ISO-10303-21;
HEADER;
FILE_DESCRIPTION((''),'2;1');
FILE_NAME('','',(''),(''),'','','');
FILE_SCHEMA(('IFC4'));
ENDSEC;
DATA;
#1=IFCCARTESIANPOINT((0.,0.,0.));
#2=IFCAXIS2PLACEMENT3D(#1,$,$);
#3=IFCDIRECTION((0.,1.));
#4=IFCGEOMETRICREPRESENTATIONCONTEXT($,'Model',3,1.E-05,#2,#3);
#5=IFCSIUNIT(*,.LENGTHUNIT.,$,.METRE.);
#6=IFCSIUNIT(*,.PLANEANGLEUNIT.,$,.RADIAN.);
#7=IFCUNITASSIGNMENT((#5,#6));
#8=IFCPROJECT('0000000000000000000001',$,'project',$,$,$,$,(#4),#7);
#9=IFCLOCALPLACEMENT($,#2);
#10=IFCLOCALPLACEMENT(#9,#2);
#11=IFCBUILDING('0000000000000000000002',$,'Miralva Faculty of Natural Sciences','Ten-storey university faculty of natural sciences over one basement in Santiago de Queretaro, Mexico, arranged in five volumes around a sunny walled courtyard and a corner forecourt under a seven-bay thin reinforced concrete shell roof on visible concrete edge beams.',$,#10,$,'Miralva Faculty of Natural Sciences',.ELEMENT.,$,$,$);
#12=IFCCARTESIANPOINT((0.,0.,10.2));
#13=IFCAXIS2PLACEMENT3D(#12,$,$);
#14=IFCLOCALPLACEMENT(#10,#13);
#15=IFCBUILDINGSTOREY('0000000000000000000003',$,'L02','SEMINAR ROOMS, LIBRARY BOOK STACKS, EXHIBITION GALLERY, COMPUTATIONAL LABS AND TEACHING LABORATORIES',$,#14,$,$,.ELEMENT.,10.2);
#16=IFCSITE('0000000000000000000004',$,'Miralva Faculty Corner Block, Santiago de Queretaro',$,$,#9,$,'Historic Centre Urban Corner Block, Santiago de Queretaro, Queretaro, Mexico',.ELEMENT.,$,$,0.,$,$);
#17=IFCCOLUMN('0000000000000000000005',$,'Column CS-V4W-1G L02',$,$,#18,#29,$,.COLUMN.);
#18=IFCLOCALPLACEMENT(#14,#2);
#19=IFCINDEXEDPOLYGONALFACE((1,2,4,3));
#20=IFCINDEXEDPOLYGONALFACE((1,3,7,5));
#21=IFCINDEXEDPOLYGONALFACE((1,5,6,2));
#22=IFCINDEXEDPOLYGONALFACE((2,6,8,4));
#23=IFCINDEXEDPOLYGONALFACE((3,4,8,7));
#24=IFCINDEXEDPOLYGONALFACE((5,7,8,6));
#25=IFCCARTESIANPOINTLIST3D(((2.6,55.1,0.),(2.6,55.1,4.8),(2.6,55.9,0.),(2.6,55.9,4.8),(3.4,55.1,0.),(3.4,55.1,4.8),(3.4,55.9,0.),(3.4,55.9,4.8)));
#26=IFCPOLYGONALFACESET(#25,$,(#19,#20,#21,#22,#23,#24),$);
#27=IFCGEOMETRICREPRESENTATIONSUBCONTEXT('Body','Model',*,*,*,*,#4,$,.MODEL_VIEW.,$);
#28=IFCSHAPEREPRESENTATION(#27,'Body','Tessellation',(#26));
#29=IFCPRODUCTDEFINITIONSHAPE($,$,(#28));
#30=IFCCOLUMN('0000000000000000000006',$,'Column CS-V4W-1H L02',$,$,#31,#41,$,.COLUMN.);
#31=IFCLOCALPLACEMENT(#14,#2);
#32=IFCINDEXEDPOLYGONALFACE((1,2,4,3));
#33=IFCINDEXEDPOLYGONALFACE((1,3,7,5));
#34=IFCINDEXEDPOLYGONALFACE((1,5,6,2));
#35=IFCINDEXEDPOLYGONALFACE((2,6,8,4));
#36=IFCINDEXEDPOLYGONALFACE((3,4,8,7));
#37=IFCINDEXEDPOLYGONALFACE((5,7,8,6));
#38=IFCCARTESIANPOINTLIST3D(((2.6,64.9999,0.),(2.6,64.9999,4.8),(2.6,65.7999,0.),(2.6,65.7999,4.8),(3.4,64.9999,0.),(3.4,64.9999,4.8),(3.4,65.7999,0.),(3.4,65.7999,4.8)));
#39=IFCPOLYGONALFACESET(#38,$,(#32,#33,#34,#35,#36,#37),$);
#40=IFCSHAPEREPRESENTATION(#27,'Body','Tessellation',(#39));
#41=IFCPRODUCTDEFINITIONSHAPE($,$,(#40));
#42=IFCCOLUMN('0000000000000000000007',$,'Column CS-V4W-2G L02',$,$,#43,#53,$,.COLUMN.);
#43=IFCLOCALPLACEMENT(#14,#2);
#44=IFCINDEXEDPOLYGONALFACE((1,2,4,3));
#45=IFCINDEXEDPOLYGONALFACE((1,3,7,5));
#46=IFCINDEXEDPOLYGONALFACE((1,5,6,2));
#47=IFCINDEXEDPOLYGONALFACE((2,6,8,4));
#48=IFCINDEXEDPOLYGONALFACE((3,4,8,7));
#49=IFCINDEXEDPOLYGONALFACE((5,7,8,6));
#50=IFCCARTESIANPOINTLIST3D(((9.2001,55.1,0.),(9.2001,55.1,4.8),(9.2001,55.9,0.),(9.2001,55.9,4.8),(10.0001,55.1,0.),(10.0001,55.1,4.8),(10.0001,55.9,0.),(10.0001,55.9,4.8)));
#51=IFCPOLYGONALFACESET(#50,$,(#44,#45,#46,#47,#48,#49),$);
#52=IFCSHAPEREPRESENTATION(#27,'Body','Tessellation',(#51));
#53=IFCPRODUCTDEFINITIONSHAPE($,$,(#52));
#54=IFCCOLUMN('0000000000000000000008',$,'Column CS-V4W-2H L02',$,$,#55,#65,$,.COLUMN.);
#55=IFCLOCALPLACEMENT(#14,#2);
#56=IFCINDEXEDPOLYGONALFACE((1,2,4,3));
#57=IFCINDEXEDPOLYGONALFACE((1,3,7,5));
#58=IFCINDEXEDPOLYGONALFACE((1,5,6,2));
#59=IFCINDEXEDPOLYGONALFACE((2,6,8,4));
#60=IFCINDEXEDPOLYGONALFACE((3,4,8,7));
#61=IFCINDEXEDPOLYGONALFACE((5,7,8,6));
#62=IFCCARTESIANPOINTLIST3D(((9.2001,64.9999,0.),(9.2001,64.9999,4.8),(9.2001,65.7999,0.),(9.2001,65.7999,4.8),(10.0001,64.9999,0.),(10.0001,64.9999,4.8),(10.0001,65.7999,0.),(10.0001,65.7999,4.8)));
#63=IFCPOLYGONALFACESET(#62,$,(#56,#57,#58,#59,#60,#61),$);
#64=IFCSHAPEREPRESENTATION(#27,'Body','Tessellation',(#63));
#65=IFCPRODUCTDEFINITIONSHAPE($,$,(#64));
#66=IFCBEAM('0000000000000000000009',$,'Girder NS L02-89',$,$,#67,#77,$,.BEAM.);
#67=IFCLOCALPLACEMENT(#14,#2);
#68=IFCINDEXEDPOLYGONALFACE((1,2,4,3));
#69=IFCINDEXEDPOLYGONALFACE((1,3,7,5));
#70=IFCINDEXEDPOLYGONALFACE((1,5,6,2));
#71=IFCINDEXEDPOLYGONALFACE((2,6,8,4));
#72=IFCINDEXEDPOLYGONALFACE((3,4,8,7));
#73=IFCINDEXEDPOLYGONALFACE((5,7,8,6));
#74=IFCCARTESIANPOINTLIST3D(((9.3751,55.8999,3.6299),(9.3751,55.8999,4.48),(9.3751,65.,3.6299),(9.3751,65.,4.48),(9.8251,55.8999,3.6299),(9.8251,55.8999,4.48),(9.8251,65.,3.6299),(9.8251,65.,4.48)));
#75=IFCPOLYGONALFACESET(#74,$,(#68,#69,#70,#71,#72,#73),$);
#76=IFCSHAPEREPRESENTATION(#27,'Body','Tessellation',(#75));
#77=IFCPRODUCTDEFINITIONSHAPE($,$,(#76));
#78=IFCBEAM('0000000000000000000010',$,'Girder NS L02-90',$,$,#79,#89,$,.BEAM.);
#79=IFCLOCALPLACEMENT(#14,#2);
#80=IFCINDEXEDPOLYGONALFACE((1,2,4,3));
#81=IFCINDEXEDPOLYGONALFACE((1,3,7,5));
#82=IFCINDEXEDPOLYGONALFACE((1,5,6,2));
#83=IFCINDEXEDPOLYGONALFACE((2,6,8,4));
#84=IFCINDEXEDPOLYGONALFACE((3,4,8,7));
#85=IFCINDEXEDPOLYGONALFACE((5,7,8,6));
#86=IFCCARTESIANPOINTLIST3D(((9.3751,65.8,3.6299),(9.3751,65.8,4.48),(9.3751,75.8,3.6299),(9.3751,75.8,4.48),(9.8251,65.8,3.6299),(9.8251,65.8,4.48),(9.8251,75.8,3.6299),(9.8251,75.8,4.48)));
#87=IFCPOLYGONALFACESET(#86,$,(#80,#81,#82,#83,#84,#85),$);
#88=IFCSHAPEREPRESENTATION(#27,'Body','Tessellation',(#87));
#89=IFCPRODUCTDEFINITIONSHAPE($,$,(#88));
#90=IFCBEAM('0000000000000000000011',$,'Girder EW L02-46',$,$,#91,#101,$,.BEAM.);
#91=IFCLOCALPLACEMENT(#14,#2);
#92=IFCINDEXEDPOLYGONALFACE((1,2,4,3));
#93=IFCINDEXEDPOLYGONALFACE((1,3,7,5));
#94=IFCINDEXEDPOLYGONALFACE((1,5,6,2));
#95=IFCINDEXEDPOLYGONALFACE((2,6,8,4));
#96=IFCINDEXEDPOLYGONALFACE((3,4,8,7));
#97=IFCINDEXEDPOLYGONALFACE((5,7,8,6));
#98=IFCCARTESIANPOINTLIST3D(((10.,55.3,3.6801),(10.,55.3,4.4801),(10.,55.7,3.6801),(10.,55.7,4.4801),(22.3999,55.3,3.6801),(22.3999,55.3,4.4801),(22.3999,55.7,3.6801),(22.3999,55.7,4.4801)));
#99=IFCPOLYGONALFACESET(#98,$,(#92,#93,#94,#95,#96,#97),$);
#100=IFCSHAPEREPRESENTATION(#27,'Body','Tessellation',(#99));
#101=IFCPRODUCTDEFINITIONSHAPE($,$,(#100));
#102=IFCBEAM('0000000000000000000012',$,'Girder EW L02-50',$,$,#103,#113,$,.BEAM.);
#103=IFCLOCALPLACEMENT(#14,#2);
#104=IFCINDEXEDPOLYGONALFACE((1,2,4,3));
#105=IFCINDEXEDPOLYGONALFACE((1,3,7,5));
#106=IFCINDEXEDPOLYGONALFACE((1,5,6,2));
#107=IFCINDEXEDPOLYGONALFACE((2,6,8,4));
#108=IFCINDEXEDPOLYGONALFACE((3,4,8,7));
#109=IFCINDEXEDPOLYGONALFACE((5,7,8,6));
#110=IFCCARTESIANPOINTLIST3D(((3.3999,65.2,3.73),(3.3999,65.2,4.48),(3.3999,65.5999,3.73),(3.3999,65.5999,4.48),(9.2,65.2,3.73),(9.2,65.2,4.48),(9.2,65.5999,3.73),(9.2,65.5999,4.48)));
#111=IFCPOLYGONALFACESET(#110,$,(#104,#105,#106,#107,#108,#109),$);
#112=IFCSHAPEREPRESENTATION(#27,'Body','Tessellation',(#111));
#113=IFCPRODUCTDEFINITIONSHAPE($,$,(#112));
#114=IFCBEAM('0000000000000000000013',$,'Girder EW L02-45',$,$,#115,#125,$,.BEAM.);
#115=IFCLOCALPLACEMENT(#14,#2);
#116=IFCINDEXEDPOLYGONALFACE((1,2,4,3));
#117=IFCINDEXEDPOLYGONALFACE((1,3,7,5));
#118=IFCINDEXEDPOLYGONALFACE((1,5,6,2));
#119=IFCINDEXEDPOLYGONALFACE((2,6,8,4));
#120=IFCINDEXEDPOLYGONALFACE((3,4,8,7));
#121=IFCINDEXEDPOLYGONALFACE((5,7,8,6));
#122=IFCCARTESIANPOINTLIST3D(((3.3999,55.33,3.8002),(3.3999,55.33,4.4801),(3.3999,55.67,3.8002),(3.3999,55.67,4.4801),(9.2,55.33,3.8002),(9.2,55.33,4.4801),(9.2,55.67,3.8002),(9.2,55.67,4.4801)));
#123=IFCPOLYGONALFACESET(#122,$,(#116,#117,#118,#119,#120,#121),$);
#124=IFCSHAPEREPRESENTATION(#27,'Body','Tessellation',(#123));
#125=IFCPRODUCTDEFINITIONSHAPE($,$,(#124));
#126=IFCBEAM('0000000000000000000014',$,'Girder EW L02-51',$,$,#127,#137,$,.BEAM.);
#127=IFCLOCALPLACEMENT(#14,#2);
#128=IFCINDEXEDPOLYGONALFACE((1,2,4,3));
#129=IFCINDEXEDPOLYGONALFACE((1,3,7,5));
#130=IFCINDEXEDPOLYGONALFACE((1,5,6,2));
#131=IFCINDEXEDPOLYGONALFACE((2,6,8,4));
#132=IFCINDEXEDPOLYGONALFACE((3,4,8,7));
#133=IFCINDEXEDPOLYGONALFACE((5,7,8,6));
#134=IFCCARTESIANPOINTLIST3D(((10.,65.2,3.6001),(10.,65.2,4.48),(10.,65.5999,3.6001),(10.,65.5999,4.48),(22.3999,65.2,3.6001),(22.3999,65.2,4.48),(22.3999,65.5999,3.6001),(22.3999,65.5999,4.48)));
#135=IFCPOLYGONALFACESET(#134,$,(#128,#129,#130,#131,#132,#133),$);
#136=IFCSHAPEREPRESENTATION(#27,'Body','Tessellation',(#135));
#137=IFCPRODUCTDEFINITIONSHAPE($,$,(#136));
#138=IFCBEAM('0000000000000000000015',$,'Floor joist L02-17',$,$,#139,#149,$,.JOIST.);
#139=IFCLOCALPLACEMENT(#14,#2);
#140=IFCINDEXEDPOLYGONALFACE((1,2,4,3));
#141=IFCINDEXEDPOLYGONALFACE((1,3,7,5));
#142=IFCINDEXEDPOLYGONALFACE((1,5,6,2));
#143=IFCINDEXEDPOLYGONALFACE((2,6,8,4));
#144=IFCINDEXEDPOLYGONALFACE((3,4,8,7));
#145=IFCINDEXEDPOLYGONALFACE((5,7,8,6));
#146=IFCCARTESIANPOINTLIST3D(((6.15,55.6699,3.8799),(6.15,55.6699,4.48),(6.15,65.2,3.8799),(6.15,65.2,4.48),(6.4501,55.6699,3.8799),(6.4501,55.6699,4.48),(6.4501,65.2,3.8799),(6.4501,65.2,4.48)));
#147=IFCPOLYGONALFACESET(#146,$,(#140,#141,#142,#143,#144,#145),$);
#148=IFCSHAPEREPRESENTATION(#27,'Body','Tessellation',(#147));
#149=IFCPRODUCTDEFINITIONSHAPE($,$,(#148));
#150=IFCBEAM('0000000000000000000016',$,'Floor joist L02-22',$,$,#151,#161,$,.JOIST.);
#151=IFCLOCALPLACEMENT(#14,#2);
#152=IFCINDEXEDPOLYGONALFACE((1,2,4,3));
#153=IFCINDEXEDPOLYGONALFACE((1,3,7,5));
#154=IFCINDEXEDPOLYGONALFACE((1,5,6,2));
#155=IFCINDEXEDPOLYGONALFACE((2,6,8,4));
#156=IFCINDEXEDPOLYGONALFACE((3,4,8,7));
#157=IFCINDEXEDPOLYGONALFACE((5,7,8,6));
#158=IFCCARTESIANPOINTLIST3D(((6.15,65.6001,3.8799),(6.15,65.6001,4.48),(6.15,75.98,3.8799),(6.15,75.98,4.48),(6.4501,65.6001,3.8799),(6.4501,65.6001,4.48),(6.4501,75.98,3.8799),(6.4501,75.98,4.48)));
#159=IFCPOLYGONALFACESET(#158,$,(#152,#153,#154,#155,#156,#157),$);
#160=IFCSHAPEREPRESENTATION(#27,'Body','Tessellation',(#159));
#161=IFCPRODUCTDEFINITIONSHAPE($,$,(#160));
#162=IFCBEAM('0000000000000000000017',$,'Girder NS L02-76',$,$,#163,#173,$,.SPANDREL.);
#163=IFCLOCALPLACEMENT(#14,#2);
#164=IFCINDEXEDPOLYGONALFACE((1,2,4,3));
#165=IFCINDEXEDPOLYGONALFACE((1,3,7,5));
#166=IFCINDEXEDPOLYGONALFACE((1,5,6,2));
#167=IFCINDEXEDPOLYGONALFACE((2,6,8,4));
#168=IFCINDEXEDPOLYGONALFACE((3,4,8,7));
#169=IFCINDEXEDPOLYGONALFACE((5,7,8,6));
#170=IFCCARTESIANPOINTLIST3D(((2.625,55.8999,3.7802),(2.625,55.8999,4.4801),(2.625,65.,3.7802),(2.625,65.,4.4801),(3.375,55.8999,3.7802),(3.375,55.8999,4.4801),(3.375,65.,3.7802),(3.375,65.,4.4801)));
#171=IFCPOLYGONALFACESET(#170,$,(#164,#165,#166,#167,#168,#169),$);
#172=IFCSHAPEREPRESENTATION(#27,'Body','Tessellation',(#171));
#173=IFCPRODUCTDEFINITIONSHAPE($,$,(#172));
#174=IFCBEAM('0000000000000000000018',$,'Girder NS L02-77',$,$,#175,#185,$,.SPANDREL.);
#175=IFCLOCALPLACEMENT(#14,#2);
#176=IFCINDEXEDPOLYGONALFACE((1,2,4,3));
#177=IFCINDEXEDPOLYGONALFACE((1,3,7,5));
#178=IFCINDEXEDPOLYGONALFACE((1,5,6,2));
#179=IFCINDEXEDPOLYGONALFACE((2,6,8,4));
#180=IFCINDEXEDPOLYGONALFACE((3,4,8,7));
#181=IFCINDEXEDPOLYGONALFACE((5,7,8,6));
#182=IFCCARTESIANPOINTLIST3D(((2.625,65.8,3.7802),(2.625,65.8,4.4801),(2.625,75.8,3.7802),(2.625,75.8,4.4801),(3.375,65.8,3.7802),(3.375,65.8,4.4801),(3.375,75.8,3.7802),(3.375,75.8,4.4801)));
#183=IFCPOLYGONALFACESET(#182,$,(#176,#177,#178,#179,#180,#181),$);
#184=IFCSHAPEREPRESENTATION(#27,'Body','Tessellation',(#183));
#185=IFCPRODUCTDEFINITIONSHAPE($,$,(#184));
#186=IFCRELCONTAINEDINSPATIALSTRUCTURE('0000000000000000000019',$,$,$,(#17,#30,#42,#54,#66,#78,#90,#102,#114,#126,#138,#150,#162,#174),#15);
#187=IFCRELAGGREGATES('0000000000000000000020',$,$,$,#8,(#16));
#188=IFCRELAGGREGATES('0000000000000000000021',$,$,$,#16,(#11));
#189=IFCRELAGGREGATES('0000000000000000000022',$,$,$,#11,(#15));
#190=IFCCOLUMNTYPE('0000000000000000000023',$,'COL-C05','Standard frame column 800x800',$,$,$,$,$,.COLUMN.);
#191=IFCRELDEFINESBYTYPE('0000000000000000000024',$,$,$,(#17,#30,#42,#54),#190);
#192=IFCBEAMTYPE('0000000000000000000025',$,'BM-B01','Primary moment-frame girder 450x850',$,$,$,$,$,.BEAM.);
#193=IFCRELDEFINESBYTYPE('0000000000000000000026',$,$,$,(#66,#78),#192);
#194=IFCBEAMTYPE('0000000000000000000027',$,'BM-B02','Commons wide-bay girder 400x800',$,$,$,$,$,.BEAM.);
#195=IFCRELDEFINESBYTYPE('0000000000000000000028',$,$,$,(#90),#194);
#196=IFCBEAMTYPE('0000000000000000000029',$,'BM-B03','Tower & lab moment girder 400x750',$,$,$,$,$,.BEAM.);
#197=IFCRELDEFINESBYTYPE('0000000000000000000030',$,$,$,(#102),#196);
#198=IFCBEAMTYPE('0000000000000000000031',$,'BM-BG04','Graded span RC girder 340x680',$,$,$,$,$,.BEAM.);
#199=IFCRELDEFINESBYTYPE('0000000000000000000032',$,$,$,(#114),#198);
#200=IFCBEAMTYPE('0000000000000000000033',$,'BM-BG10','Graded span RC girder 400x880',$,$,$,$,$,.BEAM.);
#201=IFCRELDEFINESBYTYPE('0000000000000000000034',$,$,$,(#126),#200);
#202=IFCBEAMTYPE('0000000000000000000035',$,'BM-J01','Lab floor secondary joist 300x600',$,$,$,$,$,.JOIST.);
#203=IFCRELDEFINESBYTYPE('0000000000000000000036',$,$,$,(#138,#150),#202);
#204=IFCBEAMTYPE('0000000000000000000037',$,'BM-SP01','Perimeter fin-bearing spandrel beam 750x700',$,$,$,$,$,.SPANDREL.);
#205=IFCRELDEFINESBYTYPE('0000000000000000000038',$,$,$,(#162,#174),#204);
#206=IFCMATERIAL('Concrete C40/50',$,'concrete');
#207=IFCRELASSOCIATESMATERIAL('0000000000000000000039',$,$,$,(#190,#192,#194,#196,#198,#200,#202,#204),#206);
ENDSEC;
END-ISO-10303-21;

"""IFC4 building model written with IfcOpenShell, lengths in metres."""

from ifc_helpers import new_model, si_unit, direction, frame, origin, origin_2d, place, context, subcontext, project, spatial, rectangle, extrude, material, material_profile, profile_set, type_object, element, save


model = new_model("IFC4")

# Units and contexts
model_context = context("Model", 3, precision=1e-05, world=origin(), true_north=direction((0.0, 1.0)))
body_context = subcontext(model_context, "Body", "Model", "MODEL_VIEW")
ifc_project = project(units=[si_unit("LENGTHUNIT", "METRE"), si_unit("PLANEANGLEUNIT", "RADIAN")], contexts=[model_context])

# Site, building, storey
site_placement = place(None, origin())
site = spatial("IfcSite", under=ifc_project, at=site_placement, Name="Miralva Faculty Corner Block, Santiago de Queretaro", LongName="Historic Centre Urban Corner Block, Santiago de Queretaro, Queretaro, Mexico", CompositionType="ELEMENT", RefElevation=0.0)
building_placement = place(site_placement, origin())
building = spatial("IfcBuilding", under=site, at=building_placement, Name="Miralva Faculty of Natural Sciences", Description="Ten-storey university faculty of natural sciences over one basement in Santiago de Queretaro, Mexico, arranged in five volumes around a sunny walled courtyard and a corner forecourt under a seven-bay thin reinforced concrete shell roof on visible concrete edge beams.", LongName="Miralva Faculty of Natural Sciences", CompositionType="ELEMENT")
storey_placement = place(building_placement, frame((0.0, 0.0, 10.2)))
storey = spatial("IfcBuildingStorey", under=building, at=storey_placement, Name="L02", Description="SEMINAR ROOMS, LIBRARY BOOK STACKS, EXHIBITION GALLERY, COMPUTATIONAL LABS AND TEACHING LABORATORIES", CompositionType="ELEMENT", Elevation=10.2)

# Columns
ifc_material_1 = material(Name="Concrete C40/50", Category="concrete")
ifc_material_profile_1 = material_profile(ifc_material_1, rectangle(XDim=0.8, YDim=0.8, at=origin_2d()), Name="RC 800x800")
ifc_profile_set_1 = profile_set([ifc_material_profile_1], Name="Concrete C40/50")
column_type = type_object("IfcColumnType", Name="COL-C05", Description="Standard frame column 800x800", PredefinedType="COLUMN", material=ifc_profile_set_1)
for number, where, z_axis, x_axis, name in (
    (1, (3.0, 55.5, 0.0), (0.0, 0.0, 1.0), (1.0, 0.0, 0.0), "Column CS-V4W-1G L02"),
    (2, (3.0, 65.3999, 0.0), (0.0, 0.0, 1.0), (1.0, 0.0, 0.0), "Column CS-V4W-1H L02"),
    (3, (9.6001, 55.5, 0.0), (0.0, 0.0, 1.0), (1.0, 0.0, 0.0), "Column CS-V4W-2G L02"),
    (4, (9.6001, 65.3999, 0.0), (0.0, 0.0, 1.0), (1.0, 0.0, 0.0), "Column CS-V4W-2H L02"),
):
    element("IfcColumn", number, at=place(storey_placement, frame(where, z_axis=z_axis, x_axis=x_axis)), inside=storey, type_object=column_type, Name=name, PredefinedType="COLUMN", context=body_context, shape_type="SweptSolid", body=[
        extrude(rectangle(XDim=0.8, YDim=0.8, at=origin_2d()), origin(), (0.0, 0.0, 1.0), 4.8),
    ])

# Beams
ifc_material_profile_2 = material_profile(ifc_material_1, rectangle(XDim=0.45, YDim=0.8501, at=origin_2d()), Name="RC 450x850")
ifc_profile_set_2 = profile_set([ifc_material_profile_2], Name="Concrete C40/50")
beam_type_1 = type_object("IfcBeamType", Name="BM-B01", Description="Primary moment-frame girder 450x850", PredefinedType="BEAM", material=ifc_profile_set_2)
beam_1_placement = place(storey_placement, frame((9.6001, 55.8999, 4.0549), z_axis=(0.0, 1.0, 0.0), x_axis=(-1.0, 0.0, 0.0)))
element("IfcBeam", 5, at=beam_1_placement, inside=storey, type_object=beam_type_1, Name="Girder NS L02-89", PredefinedType="BEAM", context=body_context, shape_type="SweptSolid", body=[
    extrude(rectangle(XDim=0.45, YDim=0.8501, at=origin_2d()), origin(), (0.0, 0.0, 1.0), 9.1001),
])
beam_2_placement = place(storey_placement, frame((9.6001, 65.8, 4.0549), z_axis=(0.0, 1.0, 0.0), x_axis=(-1.0, 0.0, 0.0)))
element("IfcBeam", 6, at=beam_2_placement, inside=storey, type_object=beam_type_1, Name="Girder NS L02-90", PredefinedType="BEAM", context=body_context, shape_type="SweptSolid", body=[
    extrude(rectangle(XDim=0.45, YDim=0.8501, at=origin_2d()), origin(), (0.0, 0.0, 1.0), 10.0),
])
ifc_material_profile_3 = material_profile(ifc_material_1, rectangle(XDim=0.3999, YDim=0.8, at=origin_2d()), Name="RC 400x800")
ifc_profile_set_3 = profile_set([ifc_material_profile_3], Name="Concrete C40/50")
beam_type_2 = type_object("IfcBeamType", Name="BM-B02", Description="Commons wide-bay girder 400x800", PredefinedType="BEAM", material=ifc_profile_set_3)
beam_3_placement = place(storey_placement, frame((10.0, 55.5, 4.0801), z_axis=(1.0, 0.0, 0.0), x_axis=(0.0, 1.0, 0.0)))
element("IfcBeam", 7, at=beam_3_placement, inside=storey, type_object=beam_type_2, Name="Girder EW L02-46", PredefinedType="BEAM", context=body_context, shape_type="SweptSolid", body=[
    extrude(rectangle(XDim=0.3999, YDim=0.8, at=origin_2d()), origin(), (0.0, 0.0, 1.0), 12.3999),
])
ifc_material_profile_4 = material_profile(ifc_material_1, rectangle(XDim=0.3999, YDim=0.75, at=origin_2d()), Name="RC 400x750")
ifc_profile_set_4 = profile_set([ifc_material_profile_4], Name="Concrete C40/50")
beam_type_3 = type_object("IfcBeamType", Name="BM-B03", Description="Tower & lab moment girder 400x750", PredefinedType="BEAM", material=ifc_profile_set_4)
beam_4_placement = place(storey_placement, frame((3.3999, 65.3999, 4.105), z_axis=(1.0, 0.0, 0.0), x_axis=(0.0, 1.0, 0.0)))
element("IfcBeam", 8, at=beam_4_placement, inside=storey, type_object=beam_type_3, Name="Girder EW L02-50", PredefinedType="BEAM", context=body_context, shape_type="SweptSolid", body=[
    extrude(rectangle(XDim=0.3999, YDim=0.75, at=origin_2d()), origin(), (0.0, 0.0, 1.0), 5.8),
])
ifc_material_profile_5 = material_profile(ifc_material_1, rectangle(XDim=0.3401, YDim=0.6799, at=origin_2d()), Name="RC 340x680")
ifc_profile_set_5 = profile_set([ifc_material_profile_5], Name="Concrete C40/50")
beam_type_4 = type_object("IfcBeamType", Name="BM-BG04", Description="Graded span RC girder 340x680", PredefinedType="BEAM", material=ifc_profile_set_5)
beam_5_placement = place(storey_placement, frame((3.3999, 55.5, 4.1401), z_axis=(1.0, 0.0, 0.0), x_axis=(0.0, 1.0, 0.0)))
element("IfcBeam", 9, at=beam_5_placement, inside=storey, type_object=beam_type_4, Name="Girder EW L02-45", PredefinedType="BEAM", context=body_context, shape_type="SweptSolid", body=[
    extrude(rectangle(XDim=0.3401, YDim=0.6799, at=origin_2d()), origin(), (0.0, 0.0, 1.0), 5.8),
])
ifc_material_profile_6 = material_profile(ifc_material_1, rectangle(XDim=0.3999, YDim=0.8799, at=origin_2d()), Name="RC 400x880")
ifc_profile_set_6 = profile_set([ifc_material_profile_6], Name="Concrete C40/50")
beam_type_5 = type_object("IfcBeamType", Name="BM-BG10", Description="Graded span RC girder 400x880", PredefinedType="BEAM", material=ifc_profile_set_6)
beam_6_placement = place(storey_placement, frame((10.0, 65.3999, 4.04), z_axis=(1.0, 0.0, 0.0), x_axis=(0.0, 1.0, 0.0)))
element("IfcBeam", 10, at=beam_6_placement, inside=storey, type_object=beam_type_5, Name="Girder EW L02-51", PredefinedType="BEAM", context=body_context, shape_type="SweptSolid", body=[
    extrude(rectangle(XDim=0.3999, YDim=0.8799, at=origin_2d()), origin(), (0.0, 0.0, 1.0), 12.3999),
])
ifc_material_profile_7 = material_profile(ifc_material_1, rectangle(XDim=0.3, YDim=0.6001, at=origin_2d()), Name="RC 300x600")
ifc_profile_set_7 = profile_set([ifc_material_profile_7], Name="Concrete C40/50")
beam_type_6 = type_object("IfcBeamType", Name="BM-J01", Description="Lab floor secondary joist 300x600", PredefinedType="JOIST", material=ifc_profile_set_7)
beam_7_placement = place(storey_placement, frame((6.3, 55.6699, 4.1799), z_axis=(0.0, 1.0, 0.0), x_axis=(-1.0, 0.0, 0.0)))
element("IfcBeam", 11, at=beam_7_placement, inside=storey, type_object=beam_type_6, Name="Floor joist L02-17", PredefinedType="JOIST", context=body_context, shape_type="SweptSolid", body=[
    extrude(rectangle(XDim=0.3, YDim=0.6001, at=origin_2d()), origin(), (0.0, 0.0, 1.0), 9.53),
])
beam_8_placement = place(storey_placement, frame((6.3, 65.6001, 4.1799), z_axis=(0.0, 1.0, 0.0), x_axis=(-1.0, 0.0, 0.0)))
element("IfcBeam", 12, at=beam_8_placement, inside=storey, type_object=beam_type_6, Name="Floor joist L02-22", PredefinedType="JOIST", context=body_context, shape_type="SweptSolid", body=[
    extrude(rectangle(XDim=0.3, YDim=0.6001, at=origin_2d()), origin(), (0.0, 0.0, 1.0), 10.3799),
])
ifc_material_profile_8 = material_profile(ifc_material_1, rectangle(XDim=0.75, YDim=0.7, at=origin_2d()), Name="RC 750x700")
ifc_profile_set_8 = profile_set([ifc_material_profile_8], Name="Concrete C40/50")
beam_type_7 = type_object("IfcBeamType", Name="BM-SP01", Description="Perimeter fin-bearing spandrel beam 750x700", PredefinedType="SPANDREL", material=ifc_profile_set_8)
beam_9_placement = place(storey_placement, frame((3.0, 55.8999, 4.1301), z_axis=(0.0, 1.0, 0.0), x_axis=(-1.0, 0.0, 0.0)))
element("IfcBeam", 13, at=beam_9_placement, inside=storey, type_object=beam_type_7, Name="Girder NS L02-76", PredefinedType="SPANDREL", context=body_context, shape_type="SweptSolid", body=[
    extrude(rectangle(XDim=0.75, YDim=0.7, at=origin_2d()), origin(), (0.0, 0.0, 1.0), 9.1001),
])
beam_10_placement = place(storey_placement, frame((3.0, 65.8, 4.1301), z_axis=(0.0, 1.0, 0.0), x_axis=(-1.0, 0.0, 0.0)))
element("IfcBeam", 14, at=beam_10_placement, inside=storey, type_object=beam_type_7, Name="Girder NS L02-77", PredefinedType="SPANDREL", context=body_context, shape_type="SweptSolid", body=[
    extrude(rectangle(XDim=0.75, YDim=0.7, at=origin_2d()), origin(), (0.0, 0.0, 1.0), 10.0),
])

save(model, "model.ifc")
